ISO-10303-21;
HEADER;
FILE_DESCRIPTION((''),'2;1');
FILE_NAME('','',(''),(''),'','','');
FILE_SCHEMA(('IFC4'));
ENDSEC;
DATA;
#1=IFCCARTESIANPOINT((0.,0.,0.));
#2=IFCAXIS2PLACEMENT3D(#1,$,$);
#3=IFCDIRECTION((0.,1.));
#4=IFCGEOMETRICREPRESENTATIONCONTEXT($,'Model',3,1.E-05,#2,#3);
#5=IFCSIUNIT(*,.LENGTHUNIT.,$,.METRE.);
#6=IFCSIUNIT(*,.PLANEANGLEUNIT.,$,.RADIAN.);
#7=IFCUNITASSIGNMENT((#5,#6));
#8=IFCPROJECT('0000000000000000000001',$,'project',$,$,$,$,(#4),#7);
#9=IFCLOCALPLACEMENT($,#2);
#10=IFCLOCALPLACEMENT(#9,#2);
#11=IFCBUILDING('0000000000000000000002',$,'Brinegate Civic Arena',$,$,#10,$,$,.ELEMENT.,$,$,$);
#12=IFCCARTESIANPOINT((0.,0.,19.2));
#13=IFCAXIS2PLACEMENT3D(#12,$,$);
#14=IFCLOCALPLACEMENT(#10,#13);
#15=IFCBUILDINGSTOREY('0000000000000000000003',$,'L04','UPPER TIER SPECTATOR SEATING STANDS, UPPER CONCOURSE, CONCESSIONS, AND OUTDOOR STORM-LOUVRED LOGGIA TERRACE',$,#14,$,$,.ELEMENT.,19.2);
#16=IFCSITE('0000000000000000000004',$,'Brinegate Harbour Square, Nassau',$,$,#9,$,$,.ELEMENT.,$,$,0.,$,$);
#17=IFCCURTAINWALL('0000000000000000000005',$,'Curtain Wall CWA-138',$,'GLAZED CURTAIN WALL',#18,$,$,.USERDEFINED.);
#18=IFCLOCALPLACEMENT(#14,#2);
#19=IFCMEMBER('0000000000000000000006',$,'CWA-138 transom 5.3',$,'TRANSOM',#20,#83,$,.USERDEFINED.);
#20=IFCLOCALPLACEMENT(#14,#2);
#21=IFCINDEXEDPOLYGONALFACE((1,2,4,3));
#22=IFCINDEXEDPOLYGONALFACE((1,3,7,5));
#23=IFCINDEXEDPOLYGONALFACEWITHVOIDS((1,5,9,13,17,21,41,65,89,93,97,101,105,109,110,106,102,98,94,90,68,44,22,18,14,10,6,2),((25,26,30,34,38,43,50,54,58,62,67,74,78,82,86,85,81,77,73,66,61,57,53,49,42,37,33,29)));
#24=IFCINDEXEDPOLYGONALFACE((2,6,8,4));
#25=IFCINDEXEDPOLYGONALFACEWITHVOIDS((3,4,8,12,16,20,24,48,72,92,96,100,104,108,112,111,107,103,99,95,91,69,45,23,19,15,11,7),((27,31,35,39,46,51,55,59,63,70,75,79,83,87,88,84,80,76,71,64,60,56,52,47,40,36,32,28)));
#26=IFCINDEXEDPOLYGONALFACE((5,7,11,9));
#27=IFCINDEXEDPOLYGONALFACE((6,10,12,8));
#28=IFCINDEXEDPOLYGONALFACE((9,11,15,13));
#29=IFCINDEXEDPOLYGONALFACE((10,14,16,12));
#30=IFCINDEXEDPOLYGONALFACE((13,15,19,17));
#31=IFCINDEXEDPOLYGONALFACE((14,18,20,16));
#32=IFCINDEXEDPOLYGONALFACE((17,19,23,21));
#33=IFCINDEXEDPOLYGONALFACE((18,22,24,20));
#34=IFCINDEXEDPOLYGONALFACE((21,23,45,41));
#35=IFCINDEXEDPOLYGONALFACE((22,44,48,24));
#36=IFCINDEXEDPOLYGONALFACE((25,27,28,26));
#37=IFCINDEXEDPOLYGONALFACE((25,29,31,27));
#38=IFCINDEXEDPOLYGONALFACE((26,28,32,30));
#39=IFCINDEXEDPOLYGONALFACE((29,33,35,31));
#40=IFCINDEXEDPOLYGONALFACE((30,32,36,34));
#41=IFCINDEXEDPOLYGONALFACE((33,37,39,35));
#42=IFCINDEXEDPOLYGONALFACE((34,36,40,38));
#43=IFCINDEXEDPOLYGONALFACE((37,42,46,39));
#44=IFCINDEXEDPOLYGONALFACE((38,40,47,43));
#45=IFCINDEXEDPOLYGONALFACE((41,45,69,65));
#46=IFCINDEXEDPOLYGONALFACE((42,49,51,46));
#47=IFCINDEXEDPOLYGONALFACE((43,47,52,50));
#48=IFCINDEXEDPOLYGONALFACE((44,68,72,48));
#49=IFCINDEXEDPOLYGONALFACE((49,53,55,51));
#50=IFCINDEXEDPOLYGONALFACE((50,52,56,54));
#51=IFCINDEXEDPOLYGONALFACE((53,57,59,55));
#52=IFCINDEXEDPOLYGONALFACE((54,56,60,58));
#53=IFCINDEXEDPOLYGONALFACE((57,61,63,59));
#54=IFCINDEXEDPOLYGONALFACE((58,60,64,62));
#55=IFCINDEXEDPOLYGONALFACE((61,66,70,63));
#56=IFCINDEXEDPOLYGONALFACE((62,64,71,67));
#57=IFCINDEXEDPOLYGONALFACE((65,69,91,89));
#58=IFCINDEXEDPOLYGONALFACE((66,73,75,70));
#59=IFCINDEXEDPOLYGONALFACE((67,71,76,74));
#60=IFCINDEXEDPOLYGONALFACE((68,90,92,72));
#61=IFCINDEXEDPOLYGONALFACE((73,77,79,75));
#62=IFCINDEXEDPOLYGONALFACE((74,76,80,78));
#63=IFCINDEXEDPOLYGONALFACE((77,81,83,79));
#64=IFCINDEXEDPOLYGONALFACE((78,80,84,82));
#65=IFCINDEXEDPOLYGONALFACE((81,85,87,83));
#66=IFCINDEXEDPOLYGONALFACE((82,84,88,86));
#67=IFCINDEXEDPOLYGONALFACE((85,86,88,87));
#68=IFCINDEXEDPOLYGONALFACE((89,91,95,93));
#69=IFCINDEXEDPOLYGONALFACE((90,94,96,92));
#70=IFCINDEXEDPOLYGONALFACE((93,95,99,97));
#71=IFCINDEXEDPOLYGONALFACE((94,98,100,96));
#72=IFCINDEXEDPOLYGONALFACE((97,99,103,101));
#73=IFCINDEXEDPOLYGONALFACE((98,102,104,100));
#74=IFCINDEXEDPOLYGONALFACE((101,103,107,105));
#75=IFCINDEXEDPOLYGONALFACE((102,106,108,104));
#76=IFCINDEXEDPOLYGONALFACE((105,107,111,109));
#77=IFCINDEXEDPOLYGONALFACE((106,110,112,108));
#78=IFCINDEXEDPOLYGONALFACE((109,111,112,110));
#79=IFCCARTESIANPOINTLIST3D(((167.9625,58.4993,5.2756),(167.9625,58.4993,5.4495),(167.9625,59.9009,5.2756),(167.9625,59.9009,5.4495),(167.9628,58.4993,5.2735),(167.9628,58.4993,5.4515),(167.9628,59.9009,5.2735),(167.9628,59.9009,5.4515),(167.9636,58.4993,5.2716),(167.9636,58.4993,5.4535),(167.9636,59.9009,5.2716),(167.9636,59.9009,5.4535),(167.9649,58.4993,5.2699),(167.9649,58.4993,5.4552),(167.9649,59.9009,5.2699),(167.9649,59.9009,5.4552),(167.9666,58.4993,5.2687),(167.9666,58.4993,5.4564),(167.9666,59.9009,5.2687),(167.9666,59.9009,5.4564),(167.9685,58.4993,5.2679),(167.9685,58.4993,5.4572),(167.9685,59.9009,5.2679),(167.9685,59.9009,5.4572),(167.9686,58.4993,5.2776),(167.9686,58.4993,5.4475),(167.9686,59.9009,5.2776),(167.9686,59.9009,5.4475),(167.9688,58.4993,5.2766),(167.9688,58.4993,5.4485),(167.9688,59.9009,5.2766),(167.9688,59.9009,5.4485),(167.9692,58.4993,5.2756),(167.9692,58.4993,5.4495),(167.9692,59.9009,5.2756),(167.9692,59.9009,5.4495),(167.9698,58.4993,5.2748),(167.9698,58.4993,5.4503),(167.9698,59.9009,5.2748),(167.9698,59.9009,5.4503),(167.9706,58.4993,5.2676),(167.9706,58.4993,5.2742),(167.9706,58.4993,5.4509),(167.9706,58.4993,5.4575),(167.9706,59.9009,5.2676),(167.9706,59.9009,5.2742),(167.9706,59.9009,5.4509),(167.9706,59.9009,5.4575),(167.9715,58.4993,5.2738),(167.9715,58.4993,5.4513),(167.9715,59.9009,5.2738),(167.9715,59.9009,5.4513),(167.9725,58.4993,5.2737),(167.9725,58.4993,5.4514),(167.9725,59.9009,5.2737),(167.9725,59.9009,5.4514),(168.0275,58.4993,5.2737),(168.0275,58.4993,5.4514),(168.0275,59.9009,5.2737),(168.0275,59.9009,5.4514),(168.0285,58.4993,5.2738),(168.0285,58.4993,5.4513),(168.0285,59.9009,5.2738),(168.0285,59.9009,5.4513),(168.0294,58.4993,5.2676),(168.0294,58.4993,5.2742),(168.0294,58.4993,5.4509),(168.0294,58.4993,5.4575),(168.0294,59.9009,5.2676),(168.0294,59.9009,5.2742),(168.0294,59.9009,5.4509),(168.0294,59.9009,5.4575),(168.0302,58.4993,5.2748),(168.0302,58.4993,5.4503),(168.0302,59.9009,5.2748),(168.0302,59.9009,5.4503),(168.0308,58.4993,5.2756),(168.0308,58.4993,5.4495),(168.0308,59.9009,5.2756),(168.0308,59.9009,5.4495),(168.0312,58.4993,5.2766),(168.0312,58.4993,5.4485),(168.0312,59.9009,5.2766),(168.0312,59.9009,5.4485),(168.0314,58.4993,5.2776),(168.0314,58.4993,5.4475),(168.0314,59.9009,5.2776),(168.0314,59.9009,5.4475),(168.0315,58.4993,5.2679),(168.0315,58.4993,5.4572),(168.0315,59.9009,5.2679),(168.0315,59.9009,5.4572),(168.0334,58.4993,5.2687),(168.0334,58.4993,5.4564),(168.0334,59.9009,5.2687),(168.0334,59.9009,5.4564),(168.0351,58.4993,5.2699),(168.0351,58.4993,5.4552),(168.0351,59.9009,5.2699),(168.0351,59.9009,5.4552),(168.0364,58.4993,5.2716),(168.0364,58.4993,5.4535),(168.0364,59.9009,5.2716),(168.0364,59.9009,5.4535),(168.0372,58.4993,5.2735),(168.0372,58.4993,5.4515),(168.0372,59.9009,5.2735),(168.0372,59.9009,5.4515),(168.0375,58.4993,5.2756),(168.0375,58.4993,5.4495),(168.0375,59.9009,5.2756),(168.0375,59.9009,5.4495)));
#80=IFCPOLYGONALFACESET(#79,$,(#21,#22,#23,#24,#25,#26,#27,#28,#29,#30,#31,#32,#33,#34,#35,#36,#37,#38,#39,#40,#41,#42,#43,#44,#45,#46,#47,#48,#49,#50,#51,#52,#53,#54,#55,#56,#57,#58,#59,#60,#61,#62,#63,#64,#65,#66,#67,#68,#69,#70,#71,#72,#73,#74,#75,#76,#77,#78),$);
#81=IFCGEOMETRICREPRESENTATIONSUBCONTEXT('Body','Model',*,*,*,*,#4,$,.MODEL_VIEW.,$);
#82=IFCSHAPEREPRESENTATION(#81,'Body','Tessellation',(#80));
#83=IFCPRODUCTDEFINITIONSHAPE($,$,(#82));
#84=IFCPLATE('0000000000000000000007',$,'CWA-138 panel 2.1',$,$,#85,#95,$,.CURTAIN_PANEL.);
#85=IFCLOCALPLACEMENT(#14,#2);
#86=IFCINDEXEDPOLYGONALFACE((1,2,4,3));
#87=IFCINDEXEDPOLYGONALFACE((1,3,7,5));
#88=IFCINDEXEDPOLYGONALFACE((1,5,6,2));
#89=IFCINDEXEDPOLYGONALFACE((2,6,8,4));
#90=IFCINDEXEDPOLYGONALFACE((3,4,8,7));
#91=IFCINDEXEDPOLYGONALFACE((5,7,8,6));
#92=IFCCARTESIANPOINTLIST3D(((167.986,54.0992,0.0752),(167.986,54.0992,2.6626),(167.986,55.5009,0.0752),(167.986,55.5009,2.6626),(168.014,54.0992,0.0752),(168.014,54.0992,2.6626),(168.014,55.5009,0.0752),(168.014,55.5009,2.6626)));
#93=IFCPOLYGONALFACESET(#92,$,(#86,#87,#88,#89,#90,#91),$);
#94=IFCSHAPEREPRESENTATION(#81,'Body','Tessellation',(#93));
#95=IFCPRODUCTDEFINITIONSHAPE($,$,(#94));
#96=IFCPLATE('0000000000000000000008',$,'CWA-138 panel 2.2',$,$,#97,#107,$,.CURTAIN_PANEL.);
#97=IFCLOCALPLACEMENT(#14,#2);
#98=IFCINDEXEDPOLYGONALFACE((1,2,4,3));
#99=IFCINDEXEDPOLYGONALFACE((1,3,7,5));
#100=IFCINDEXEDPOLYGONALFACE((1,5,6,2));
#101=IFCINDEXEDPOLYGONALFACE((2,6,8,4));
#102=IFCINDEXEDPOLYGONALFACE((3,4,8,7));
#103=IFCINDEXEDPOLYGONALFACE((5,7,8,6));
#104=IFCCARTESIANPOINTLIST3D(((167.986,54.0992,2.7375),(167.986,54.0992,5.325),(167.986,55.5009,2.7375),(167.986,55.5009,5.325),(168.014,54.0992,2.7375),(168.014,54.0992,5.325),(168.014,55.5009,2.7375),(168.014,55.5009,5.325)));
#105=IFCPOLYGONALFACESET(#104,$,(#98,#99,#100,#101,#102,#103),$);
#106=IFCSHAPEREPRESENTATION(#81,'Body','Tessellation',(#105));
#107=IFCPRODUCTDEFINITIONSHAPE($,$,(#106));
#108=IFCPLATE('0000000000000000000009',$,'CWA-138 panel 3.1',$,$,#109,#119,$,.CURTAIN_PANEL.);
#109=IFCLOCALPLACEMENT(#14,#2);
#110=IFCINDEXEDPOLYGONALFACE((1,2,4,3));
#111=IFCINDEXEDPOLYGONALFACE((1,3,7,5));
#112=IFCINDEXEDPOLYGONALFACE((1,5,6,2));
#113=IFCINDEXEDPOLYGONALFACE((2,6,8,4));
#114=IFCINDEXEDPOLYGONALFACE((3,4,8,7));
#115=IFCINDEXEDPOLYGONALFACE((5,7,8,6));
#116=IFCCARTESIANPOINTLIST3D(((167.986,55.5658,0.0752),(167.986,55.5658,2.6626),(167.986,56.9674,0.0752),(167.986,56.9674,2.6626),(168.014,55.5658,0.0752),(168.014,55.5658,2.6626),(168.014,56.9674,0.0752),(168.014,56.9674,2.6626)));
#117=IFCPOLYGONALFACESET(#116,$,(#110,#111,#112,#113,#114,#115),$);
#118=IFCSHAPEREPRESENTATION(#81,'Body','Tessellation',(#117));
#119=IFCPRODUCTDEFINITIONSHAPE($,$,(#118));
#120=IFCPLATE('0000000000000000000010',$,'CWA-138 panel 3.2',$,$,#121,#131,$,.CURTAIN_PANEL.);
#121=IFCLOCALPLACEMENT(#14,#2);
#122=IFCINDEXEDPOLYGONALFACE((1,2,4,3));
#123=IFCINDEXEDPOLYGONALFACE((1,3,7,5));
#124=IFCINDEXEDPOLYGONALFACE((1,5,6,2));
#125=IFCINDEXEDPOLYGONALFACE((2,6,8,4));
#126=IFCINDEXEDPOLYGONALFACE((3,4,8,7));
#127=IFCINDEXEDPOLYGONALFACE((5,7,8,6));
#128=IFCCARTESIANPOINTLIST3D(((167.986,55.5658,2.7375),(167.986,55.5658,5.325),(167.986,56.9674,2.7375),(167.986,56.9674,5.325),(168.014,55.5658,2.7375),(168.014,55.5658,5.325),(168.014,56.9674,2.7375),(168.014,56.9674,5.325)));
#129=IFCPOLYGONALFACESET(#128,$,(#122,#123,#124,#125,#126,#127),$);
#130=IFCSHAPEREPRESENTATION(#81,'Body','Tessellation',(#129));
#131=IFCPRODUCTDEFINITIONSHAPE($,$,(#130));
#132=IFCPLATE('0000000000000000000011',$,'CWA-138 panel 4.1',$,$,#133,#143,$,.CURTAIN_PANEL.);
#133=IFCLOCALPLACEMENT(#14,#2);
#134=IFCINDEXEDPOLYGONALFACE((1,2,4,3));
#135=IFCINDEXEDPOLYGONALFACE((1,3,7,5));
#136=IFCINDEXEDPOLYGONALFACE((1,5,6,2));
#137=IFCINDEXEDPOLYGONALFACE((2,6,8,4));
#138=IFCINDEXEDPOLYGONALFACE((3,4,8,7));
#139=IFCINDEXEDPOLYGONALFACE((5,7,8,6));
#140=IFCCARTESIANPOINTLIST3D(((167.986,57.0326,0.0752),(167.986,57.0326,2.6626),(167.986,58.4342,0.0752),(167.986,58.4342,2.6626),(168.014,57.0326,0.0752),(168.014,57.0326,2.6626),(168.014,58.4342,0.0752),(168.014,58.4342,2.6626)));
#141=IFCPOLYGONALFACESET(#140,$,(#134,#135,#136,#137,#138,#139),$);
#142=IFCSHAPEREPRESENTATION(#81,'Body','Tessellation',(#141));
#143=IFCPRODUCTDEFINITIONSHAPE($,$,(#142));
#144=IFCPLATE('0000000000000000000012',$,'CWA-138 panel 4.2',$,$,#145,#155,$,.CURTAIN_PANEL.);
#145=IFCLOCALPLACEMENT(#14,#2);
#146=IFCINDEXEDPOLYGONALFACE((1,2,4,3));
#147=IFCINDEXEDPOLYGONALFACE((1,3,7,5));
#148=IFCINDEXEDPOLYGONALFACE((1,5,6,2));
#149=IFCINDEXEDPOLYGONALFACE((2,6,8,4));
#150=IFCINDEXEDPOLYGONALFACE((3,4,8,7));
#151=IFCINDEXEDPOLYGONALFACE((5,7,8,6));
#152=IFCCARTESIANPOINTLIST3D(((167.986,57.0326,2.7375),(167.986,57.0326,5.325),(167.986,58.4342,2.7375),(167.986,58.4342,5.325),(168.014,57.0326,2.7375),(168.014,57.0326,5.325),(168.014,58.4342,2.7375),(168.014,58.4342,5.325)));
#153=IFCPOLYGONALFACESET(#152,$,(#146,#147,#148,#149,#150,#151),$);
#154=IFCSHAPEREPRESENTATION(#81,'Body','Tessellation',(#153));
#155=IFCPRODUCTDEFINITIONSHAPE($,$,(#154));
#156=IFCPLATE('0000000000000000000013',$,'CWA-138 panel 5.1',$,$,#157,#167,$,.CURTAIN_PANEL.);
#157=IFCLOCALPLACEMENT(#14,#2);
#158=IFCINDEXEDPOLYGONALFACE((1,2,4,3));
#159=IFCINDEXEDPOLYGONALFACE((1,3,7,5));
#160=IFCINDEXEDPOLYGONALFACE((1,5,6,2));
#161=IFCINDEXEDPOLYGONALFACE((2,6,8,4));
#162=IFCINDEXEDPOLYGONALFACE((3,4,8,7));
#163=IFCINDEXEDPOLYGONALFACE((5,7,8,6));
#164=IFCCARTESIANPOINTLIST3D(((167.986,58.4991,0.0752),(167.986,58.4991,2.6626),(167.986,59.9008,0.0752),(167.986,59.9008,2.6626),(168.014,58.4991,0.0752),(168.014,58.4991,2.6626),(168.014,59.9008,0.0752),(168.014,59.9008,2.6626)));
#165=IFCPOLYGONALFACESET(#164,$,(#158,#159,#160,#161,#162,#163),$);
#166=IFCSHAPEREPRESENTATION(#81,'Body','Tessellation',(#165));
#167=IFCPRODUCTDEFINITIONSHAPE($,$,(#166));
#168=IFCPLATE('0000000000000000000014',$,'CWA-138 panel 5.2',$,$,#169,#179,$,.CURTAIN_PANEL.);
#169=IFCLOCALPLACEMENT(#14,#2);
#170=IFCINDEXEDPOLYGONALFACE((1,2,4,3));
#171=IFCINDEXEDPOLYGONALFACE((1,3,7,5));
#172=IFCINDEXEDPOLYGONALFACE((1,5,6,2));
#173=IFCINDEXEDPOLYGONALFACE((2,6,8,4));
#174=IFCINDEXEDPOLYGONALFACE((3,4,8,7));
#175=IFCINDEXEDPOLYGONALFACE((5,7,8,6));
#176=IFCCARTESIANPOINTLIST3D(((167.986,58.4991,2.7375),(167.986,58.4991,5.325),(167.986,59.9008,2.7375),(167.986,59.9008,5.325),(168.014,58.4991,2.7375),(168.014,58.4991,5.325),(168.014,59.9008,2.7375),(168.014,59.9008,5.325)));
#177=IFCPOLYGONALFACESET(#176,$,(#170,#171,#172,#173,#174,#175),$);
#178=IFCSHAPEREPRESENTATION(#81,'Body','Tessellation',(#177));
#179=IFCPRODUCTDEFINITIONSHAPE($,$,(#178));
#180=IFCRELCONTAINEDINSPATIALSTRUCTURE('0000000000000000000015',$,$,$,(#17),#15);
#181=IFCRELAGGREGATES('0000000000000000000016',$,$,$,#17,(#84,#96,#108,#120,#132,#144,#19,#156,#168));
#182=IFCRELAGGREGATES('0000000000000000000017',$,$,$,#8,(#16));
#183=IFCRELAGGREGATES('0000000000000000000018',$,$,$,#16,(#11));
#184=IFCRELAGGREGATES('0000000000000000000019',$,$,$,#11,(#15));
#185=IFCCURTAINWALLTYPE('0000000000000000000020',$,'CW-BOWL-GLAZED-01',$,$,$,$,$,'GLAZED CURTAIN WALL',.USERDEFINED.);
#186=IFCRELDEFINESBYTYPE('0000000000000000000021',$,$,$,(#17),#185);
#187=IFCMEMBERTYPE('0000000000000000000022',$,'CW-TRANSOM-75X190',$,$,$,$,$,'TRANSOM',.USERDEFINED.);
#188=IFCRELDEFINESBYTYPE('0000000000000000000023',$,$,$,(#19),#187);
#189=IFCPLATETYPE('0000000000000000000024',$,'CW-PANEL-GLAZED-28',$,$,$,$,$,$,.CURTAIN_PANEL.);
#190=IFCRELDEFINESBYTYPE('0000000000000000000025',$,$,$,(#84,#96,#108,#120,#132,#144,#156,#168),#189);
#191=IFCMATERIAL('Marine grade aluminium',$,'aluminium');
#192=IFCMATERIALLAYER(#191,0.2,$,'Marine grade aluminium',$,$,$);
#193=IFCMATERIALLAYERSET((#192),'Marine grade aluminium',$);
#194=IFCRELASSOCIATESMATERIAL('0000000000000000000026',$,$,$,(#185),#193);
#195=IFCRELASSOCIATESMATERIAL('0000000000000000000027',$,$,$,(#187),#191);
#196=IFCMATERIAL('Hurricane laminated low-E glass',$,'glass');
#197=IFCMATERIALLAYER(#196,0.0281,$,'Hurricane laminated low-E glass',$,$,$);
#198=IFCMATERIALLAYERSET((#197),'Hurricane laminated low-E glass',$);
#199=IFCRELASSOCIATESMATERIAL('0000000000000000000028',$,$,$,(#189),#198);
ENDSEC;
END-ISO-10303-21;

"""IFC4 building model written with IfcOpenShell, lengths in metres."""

from ifc_helpers import new_model, si_unit, direction, frame, origin, origin_2d, place, context, subcontext, project, spatial, rectangle, hollow_rectangle, extrude, material, layer, layer_set, material_profile, profile_set, type_object, element, aggregate, save


model = new_model("IFC4")

# Units and contexts
model_context = context("Model", 3, precision=1e-05, world=origin(), true_north=direction((0.0, 1.0)))
body_context = subcontext(model_context, "Body", "Model", "MODEL_VIEW")
ifc_project = project(units=[si_unit("LENGTHUNIT", "METRE"), si_unit("PLANEANGLEUNIT", "RADIAN")], contexts=[model_context])

# Site, building, storey
site_placement = place(None, origin())
site = spatial("IfcSite", under=ifc_project, at=site_placement, Name="Brinegate Harbour Square, Nassau", CompositionType="ELEMENT", RefElevation=0.0)
building_placement = place(site_placement, origin())
building = spatial("IfcBuilding", under=site, at=building_placement, Name="Brinegate Civic Arena", CompositionType="ELEMENT")
storey_placement = place(building_placement, frame((0.0, 0.0, 19.2)))
storey = spatial("IfcBuildingStorey", under=building, at=storey_placement, Name="L04", Description="UPPER TIER SPECTATOR SEATING STANDS, UPPER CONCOURSE, CONCESSIONS, AND OUTDOOR STORM-LOUVRED LOGGIA TERRACE", CompositionType="ELEMENT", Elevation=19.2)

# Curtain wall, member, plates
ifc_material_1 = material(Name="Marine grade aluminium", Category="aluminium")
ifc_layer_1 = layer(ifc_material_1, 0.2, Name="Marine grade aluminium")
ifc_layer_set_1 = layer_set([ifc_layer_1], Name="Marine grade aluminium")
curtain_wall_type = type_object("IfcCurtainWallType", Name="CW-BOWL-GLAZED-01", ElementType="GLAZED CURTAIN WALL", PredefinedType="USERDEFINED", material=ifc_layer_set_1)
curtain_wall_placement = place(storey_placement, origin())
curtain_wall = element("IfcCurtainWall", 1, at=curtain_wall_placement, inside=storey, type_object=curtain_wall_type, Name="Curtain Wall CWA-138", ObjectType="GLAZED CURTAIN WALL", PredefinedType="USERDEFINED")
ifc_material_profile_1 = material_profile(ifc_material_1, hollow_rectangle(XDim=0.075, YDim=0.1899, WallThickness=0.0061, InnerFilletRadius=0.0039, OuterFilletRadius=0.0081, at=origin_2d()), Name="TRN75X190")
ifc_profile_set_1 = profile_set([ifc_material_profile_1], Name="Marine grade aluminium")
member_type_1 = type_object("IfcMemberType", Name="CW-TRANSOM-75X190", ElementType="TRANSOM", PredefinedType="USERDEFINED", material=ifc_profile_set_1)
member_1_placement = place(storey_placement, frame((168.0, 58.4993, 5.3625), z_axis=(0.0, 1.0, 0.0), x_axis=(-1.0, 0.0, 0.0)))
member_1 = element("IfcMember", 2, at=member_1_placement, type_object=member_type_1, Name="CWA-138 transom 5.3", ObjectType="TRANSOM", PredefinedType="USERDEFINED", context=body_context, shape_type="SweptSolid", body=[
    extrude(hollow_rectangle(XDim=0.075, YDim=0.1899, WallThickness=0.0061, InnerFilletRadius=0.0039, OuterFilletRadius=0.0081, at=origin_2d()), origin(), (0.0, 0.0, 1.0), 1.4016),
])
ifc_material_2 = material(Name="Hurricane laminated low-E glass", Category="glass")
ifc_layer_2 = layer(ifc_material_2, 0.0281, Name="Hurricane laminated low-E glass")
ifc_layer_set_2 = layer_set([ifc_layer_2], Name="Hurricane laminated low-E glass")
plate_type = type_object("IfcPlateType", Name="CW-PANEL-GLAZED-28", PredefinedType="CURTAIN_PANEL", material=ifc_layer_set_2)
plate_1_placement = place(storey_placement, frame((168.0, 54.8, 0.0752), z_axis=(0.0, 0.0, 1.0), x_axis=(0.0, 1.0, 0.0)))
plate_1 = element("IfcPlate", 3, at=plate_1_placement, type_object=plate_type, Name="CWA-138 panel 2.1", PredefinedType="CURTAIN_PANEL", context=body_context, shape_type="SweptSolid", body=[
    extrude(rectangle(XDim=1.4016, YDim=0.0281, at=origin_2d()), origin(), (0.0, 0.0, 1.0), 2.5874),
])
plate_2_placement = place(storey_placement, frame((168.0, 54.8, 2.7375), z_axis=(0.0, 0.0, 1.0), x_axis=(0.0, 1.0, 0.0)))
plate_2 = element("IfcPlate", 4, at=plate_2_placement, type_object=plate_type, Name="CWA-138 panel 2.2", PredefinedType="CURTAIN_PANEL", context=body_context, shape_type="SweptSolid", body=[
    extrude(rectangle(XDim=1.4016, YDim=0.0281, at=origin_2d()), origin(), (0.0, 0.0, 1.0), 2.5874),
])
plate_3_placement = place(storey_placement, frame((168.0, 56.2666, 0.0752), z_axis=(0.0, 0.0, 1.0), x_axis=(0.0, 1.0, 0.0)))
plate_3 = element("IfcPlate", 5, at=plate_3_placement, type_object=plate_type, Name="CWA-138 panel 3.1", PredefinedType="CURTAIN_PANEL", context=body_context, shape_type="SweptSolid", body=[
    extrude(rectangle(XDim=1.4016, YDim=0.0281, at=origin_2d()), origin(), (0.0, 0.0, 1.0), 2.5874),
])
plate_4_placement = place(storey_placement, frame((168.0, 56.2666, 2.7375), z_axis=(0.0, 0.0, 1.0), x_axis=(0.0, 1.0, 0.0)))
plate_4 = element("IfcPlate", 6, at=plate_4_placement, type_object=plate_type, Name="CWA-138 panel 3.2", PredefinedType="CURTAIN_PANEL", context=body_context, shape_type="SweptSolid", body=[
    extrude(rectangle(XDim=1.4016, YDim=0.0281, at=origin_2d()), origin(), (0.0, 0.0, 1.0), 2.5874),
])
plate_5_placement = place(storey_placement, frame((168.0, 57.7334, 0.0752), z_axis=(0.0, 0.0, 1.0), x_axis=(0.0, 1.0, 0.0)))
plate_5 = element("IfcPlate", 7, at=plate_5_placement, type_object=plate_type, Name="CWA-138 panel 4.1", PredefinedType="CURTAIN_PANEL", context=body_context, shape_type="SweptSolid", body=[
    extrude(rectangle(XDim=1.4016, YDim=0.0281, at=origin_2d()), origin(), (0.0, 0.0, 1.0), 2.5874),
])
plate_6_placement = place(storey_placement, frame((168.0, 57.7334, 2.7375), z_axis=(0.0, 0.0, 1.0), x_axis=(0.0, 1.0, 0.0)))
plate_6 = element("IfcPlate", 8, at=plate_6_placement, type_object=plate_type, Name="CWA-138 panel 4.2", PredefinedType="CURTAIN_PANEL", context=body_context, shape_type="SweptSolid", body=[
    extrude(rectangle(XDim=1.4016, YDim=0.0281, at=origin_2d()), origin(), (0.0, 0.0, 1.0), 2.5874),
])
plate_7_placement = place(storey_placement, frame((168.0, 59.2, 0.0752), z_axis=(0.0, 0.0, 1.0), x_axis=(0.0, 1.0, 0.0)))
plate_7 = element("IfcPlate", 9, at=plate_7_placement, type_object=plate_type, Name="CWA-138 panel 5.1", PredefinedType="CURTAIN_PANEL", context=body_context, shape_type="SweptSolid", body=[
    extrude(rectangle(XDim=1.4016, YDim=0.0281, at=origin_2d()), origin(), (0.0, 0.0, 1.0), 2.5874),
])
plate_8_placement = place(storey_placement, frame((168.0, 59.2, 2.7375), z_axis=(0.0, 0.0, 1.0), x_axis=(0.0, 1.0, 0.0)))
plate_8 = element("IfcPlate", 10, at=plate_8_placement, type_object=plate_type, Name="CWA-138 panel 5.2", PredefinedType="CURTAIN_PANEL", context=body_context, shape_type="SweptSolid", body=[
    extrude(rectangle(XDim=1.4016, YDim=0.0281, at=origin_2d()), origin(), (0.0, 0.0, 1.0), 2.5874),
])
aggregate(curtain_wall, [plate_1, plate_2, plate_3, plate_4, plate_5, plate_6, member_1, plate_7, plate_8])

save(model, "model.ifc")
